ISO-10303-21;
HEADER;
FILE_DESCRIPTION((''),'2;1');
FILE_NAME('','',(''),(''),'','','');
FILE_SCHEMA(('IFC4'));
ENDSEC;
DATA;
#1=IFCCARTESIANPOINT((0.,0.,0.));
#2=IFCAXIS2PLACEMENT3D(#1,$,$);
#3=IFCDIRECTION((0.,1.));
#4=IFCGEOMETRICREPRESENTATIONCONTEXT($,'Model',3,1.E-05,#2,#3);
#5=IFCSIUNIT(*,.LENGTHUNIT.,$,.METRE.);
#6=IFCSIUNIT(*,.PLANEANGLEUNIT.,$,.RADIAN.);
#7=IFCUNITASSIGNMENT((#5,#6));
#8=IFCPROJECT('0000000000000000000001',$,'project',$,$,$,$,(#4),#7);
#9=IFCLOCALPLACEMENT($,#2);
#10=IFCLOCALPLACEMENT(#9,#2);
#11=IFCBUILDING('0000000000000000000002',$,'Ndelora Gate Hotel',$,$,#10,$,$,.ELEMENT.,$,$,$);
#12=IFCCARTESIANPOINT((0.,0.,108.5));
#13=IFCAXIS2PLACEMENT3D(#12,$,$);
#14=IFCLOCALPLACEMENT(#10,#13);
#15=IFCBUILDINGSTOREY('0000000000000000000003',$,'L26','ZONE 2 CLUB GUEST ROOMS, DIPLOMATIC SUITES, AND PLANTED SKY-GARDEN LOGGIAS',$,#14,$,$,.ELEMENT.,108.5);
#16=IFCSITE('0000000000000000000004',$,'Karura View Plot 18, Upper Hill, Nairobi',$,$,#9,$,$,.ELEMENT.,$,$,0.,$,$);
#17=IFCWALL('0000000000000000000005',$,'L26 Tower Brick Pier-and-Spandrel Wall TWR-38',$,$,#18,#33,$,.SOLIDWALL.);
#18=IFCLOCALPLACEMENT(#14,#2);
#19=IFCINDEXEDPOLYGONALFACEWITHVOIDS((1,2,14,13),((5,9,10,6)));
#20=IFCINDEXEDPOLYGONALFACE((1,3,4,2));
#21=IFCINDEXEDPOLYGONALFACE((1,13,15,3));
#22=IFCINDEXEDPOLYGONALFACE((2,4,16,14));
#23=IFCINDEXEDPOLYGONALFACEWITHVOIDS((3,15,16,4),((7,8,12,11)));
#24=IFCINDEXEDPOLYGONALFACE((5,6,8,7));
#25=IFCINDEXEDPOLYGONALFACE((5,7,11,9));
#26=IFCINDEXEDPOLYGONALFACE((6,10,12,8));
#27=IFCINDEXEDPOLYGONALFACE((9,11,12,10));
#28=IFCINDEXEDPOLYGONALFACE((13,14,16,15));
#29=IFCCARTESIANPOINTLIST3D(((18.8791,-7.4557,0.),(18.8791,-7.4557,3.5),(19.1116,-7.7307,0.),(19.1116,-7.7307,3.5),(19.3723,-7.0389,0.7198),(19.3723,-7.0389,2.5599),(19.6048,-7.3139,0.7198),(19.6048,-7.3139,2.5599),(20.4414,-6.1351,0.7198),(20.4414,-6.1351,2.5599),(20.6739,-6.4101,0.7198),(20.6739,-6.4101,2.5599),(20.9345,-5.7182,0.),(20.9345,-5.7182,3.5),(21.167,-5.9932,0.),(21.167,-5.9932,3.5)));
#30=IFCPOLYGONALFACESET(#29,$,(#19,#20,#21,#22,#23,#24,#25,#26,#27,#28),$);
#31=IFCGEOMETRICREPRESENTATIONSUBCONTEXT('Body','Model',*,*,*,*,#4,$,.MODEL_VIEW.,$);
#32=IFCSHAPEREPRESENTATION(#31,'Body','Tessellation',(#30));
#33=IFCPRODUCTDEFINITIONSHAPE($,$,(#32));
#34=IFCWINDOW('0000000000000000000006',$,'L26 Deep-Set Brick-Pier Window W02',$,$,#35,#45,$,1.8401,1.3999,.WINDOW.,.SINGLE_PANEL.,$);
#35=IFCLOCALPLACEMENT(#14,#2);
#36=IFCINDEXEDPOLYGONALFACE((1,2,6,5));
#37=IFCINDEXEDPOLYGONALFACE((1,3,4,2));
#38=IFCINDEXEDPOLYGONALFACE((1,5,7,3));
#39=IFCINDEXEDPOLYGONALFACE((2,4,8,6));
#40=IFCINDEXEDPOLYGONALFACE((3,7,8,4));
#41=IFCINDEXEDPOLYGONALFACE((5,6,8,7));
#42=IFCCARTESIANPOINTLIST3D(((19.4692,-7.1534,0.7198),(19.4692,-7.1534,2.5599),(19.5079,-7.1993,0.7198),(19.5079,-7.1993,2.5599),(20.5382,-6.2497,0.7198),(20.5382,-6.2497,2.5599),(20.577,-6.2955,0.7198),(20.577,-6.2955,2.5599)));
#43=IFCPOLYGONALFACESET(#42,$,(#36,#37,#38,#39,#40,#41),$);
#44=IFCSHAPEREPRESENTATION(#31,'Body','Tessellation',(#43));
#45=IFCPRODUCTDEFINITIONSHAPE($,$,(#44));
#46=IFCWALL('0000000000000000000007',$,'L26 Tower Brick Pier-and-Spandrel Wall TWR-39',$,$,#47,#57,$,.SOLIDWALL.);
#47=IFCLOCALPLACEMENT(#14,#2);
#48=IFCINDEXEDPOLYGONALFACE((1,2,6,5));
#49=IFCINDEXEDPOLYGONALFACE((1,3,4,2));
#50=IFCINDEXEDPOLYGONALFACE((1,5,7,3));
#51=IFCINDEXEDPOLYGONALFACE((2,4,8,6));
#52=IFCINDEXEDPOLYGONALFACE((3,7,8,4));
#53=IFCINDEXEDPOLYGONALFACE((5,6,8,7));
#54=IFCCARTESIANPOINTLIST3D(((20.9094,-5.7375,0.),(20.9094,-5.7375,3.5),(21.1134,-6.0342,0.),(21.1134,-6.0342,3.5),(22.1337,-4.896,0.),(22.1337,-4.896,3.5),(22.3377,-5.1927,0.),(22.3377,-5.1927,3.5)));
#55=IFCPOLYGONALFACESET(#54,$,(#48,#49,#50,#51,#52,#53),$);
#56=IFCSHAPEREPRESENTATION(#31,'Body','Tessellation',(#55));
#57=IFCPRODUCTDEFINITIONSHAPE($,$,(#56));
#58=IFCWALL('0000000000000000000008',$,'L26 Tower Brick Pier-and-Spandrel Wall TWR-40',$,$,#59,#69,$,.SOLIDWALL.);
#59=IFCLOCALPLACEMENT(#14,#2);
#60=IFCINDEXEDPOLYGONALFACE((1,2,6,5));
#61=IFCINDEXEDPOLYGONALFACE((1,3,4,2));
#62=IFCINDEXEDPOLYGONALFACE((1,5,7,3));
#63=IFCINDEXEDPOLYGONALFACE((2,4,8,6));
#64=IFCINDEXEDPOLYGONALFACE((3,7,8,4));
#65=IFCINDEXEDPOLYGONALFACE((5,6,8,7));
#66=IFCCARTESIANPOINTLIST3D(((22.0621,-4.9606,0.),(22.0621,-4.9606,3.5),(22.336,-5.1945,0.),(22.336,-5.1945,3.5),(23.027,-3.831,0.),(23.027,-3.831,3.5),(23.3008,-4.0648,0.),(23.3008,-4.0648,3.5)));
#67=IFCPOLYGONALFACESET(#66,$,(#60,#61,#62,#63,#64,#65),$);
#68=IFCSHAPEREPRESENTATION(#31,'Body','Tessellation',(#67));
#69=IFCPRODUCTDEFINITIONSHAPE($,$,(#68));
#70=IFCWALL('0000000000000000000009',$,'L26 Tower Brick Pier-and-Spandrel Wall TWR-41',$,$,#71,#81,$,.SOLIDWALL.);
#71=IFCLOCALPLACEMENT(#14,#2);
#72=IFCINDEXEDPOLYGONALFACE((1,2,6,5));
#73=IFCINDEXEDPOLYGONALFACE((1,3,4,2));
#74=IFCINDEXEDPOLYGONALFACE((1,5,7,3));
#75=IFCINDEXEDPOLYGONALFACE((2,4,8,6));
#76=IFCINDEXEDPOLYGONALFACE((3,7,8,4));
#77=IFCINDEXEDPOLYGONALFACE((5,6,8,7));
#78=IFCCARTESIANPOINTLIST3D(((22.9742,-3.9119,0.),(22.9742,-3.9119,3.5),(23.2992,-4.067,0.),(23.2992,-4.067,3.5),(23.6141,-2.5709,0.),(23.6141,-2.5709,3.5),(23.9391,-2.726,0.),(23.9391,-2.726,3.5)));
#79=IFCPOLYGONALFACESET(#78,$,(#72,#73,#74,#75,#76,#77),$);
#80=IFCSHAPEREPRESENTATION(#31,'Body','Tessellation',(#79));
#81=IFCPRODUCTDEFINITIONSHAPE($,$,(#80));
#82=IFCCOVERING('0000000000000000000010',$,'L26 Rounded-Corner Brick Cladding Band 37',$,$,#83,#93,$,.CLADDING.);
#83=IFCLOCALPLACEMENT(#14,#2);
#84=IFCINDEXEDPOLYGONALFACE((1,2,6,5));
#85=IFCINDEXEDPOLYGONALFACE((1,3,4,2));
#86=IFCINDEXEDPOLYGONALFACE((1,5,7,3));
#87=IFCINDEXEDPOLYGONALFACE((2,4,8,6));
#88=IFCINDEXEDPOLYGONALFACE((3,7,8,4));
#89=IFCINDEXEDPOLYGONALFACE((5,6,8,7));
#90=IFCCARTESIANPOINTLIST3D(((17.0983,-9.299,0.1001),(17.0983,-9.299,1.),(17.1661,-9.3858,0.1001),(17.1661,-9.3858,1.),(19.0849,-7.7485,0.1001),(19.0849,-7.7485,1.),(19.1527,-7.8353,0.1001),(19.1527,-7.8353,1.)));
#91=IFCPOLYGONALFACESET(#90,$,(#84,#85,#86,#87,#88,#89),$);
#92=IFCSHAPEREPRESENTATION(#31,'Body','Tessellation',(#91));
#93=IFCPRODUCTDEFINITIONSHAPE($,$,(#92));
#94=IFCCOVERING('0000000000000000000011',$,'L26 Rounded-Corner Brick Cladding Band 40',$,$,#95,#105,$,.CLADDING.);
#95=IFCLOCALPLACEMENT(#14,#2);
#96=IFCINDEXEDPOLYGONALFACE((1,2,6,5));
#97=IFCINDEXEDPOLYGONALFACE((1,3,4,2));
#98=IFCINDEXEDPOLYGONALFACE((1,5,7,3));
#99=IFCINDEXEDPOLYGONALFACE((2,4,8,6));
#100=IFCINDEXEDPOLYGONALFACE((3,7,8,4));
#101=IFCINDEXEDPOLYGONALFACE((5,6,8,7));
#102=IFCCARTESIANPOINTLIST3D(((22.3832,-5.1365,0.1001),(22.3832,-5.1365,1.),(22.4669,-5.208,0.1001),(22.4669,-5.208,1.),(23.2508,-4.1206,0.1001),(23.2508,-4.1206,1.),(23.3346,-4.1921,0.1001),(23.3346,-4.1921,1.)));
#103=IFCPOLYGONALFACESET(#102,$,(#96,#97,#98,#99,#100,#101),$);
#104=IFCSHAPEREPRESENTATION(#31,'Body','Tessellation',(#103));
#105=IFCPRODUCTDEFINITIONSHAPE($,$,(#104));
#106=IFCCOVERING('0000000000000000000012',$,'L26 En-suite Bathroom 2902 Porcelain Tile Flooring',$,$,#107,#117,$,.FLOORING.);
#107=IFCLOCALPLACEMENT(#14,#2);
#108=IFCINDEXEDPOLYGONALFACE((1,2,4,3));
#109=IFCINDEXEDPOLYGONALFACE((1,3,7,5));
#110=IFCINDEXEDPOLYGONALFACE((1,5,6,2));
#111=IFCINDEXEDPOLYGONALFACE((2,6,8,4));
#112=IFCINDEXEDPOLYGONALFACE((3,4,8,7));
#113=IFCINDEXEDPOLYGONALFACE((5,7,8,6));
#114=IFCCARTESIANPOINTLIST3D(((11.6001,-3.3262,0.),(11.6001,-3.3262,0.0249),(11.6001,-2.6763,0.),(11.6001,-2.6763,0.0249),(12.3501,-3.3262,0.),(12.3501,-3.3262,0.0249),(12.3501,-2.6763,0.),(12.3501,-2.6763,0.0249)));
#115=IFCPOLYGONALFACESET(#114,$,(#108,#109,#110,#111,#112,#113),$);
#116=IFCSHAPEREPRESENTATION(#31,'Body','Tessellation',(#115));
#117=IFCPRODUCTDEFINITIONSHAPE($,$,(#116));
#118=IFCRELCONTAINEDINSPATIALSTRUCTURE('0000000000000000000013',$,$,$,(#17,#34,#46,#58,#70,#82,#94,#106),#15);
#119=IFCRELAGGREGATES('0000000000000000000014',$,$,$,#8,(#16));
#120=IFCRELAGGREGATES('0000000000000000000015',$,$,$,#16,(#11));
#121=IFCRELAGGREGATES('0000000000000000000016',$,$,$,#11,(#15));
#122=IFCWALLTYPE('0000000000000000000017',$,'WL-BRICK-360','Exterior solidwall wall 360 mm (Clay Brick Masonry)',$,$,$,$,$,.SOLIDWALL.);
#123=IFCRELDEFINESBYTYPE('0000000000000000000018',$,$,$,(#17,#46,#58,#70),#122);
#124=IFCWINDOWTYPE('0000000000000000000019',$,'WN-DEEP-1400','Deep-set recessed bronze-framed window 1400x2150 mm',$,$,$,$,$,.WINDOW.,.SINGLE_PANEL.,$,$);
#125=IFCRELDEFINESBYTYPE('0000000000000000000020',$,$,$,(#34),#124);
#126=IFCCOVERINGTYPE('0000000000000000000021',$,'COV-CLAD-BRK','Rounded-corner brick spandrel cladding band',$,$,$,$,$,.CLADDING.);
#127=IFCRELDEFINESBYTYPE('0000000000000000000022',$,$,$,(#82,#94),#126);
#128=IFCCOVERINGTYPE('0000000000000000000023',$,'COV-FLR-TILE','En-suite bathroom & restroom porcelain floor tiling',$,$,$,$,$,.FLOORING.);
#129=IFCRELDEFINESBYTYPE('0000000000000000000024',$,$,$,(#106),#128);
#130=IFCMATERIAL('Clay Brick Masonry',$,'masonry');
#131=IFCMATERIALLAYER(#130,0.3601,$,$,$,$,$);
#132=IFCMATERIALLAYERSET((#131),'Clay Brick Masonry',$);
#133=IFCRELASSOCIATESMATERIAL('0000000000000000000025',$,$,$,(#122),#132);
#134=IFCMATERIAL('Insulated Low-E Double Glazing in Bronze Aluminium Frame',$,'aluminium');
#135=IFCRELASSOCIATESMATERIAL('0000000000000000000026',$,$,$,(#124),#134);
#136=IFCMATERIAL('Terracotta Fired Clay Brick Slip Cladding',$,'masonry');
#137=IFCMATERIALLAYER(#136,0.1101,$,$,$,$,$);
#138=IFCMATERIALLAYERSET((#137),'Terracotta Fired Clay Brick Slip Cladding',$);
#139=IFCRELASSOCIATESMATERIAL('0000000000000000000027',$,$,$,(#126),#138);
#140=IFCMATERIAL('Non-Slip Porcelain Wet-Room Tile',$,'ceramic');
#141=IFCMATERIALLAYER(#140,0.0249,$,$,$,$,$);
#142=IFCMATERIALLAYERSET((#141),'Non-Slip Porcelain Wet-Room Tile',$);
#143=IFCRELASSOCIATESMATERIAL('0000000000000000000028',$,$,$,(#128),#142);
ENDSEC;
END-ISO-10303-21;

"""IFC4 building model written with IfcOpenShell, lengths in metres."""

from ifc_helpers import new_model, si_unit, direction, frame, frame_2d, origin, origin_2d, place, context, subcontext, project, spatial, rectangle, extrude, material, layer, layer_set, type_object, element, fill, save


model = new_model("IFC4")

# Units and contexts
model_context = context("Model", 3, precision=1e-05, world=origin(), true_north=direction((0.0, 1.0)))
body_context = subcontext(model_context, "Body", "Model", "MODEL_VIEW")
ifc_project = project(units=[si_unit("LENGTHUNIT", "METRE"), si_unit("PLANEANGLEUNIT", "RADIAN")], contexts=[model_context])

# Site, building, storey
site_placement = place(None, origin())
site = spatial("IfcSite", under=ifc_project, at=site_placement, Name="Karura View Plot 18, Upper Hill, Nairobi", CompositionType="ELEMENT", RefElevation=0.0)
building_placement = place(site_placement, origin())
building = spatial("IfcBuilding", under=site, at=building_placement, Name="Ndelora Gate Hotel", CompositionType="ELEMENT")
storey_placement = place(building_placement, frame((0.0, 0.0, 108.5)))
storey = spatial("IfcBuildingStorey", under=building, at=storey_placement, Name="L26", Description="ZONE 2 CLUB GUEST ROOMS, DIPLOMATIC SUITES, AND PLANTED SKY-GARDEN LOGGIAS", CompositionType="ELEMENT", Elevation=108.5)

# Shared definitions
ifc_material_1 = material(Name="Clay Brick Masonry", Category="masonry")
ifc_layer_1 = layer(ifc_material_1, 0.3601)
ifc_layer_set_1 = layer_set([ifc_layer_1], Name="Clay Brick Masonry")
wall_type = type_object("IfcWallType", Name="WL-BRICK-360", Description="Exterior solidwall wall 360 mm (Clay Brick Masonry)", PredefinedType="SOLIDWALL", material=ifc_layer_set_1)
ifc_material_2 = material(Name="Insulated Low-E Double Glazing in Bronze Aluminium Frame", Category="aluminium")

# Wall, opening, window
wall_1_placement = place(storey_placement, frame((21.0508, -5.8557, 0.0), z_axis=(0.0, 0.0, 1.0), x_axis=(-0.763689, -0.645584, 0.0)))
wall_1 = element("IfcWall", 1, at=wall_1_placement, inside=storey, type_object=wall_type, Name="L26 Tower Brick Pier-and-Spandrel Wall TWR-38", PredefinedType="SOLIDWALL", context=body_context, shape_type="SweptSolid", body=[
    extrude(rectangle(XDim=2.6914, YDim=0.3601, at=frame_2d((1.3457, 0.0))), origin(), (0.0, 0.0, 1.0), 3.5),
])
opening_1_placement = place(wall_1_placement, frame((0.6458, 0.0, 0.72)))
opening_1 = element("IfcOpeningElement", 2, at=opening_1_placement, cuts=wall_1, PredefinedType="OPENING", context=body_context, shape_type="SweptSolid", body=[
    extrude(rectangle(XDim=1.3999, YDim=1.8401, at=frame_2d((0.7, 0.9199))), frame((0.0, 0.1899, 0.0), z_axis=(0.0, -1.0, 0.0), x_axis=(1.0, 0.0, 0.0)), (0.0, 0.0, 1.0), 0.3801),
])
window_type_1 = type_object("IfcWindowType", Name="WN-DEEP-1400", Description="Deep-set recessed bronze-framed window 1400x2150 mm", PartitioningType="SINGLE_PANEL", PredefinedType="WINDOW", material=ifc_material_2)
window_1_placement = place(opening_1_placement, origin())
window_1 = element("IfcWindow", 3, at=window_1_placement, inside=storey, type_object=window_type_1, Name="L26 Deep-Set Brick-Pier Window W02", OverallHeight=1.8401, OverallWidth=1.3999, PartitioningType="SINGLE_PANEL", PredefinedType="WINDOW", context=body_context, shape_type="SweptSolid", body=[
    extrude(rectangle(XDim=1.3999, YDim=1.8401, at=frame_2d((0.7, 0.9199))), frame((0.0, 0.03, 0.0), z_axis=(0.0, -1.0, 0.0), x_axis=(1.0, 0.0, 0.0)), (0.0, 0.0, 1.0), 0.0601),
])
fill(opening_1, window_1)

# Walls
for number, where, z_axis, x_axis, name in (
    (4, (22.2356, -5.0444, 0.0), (0.0, 0.0, 1.0), (-0.824104, -0.566438, 0.0), "L26 Tower Brick Pier-and-Spandrel Wall TWR-39"),
    (5, (23.1638, -3.948, 0.0), (0.0, 0.0, 1.0), (-0.649464, -0.760392, 0.0), "L26 Tower Brick Pier-and-Spandrel Wall TWR-40"),
):
    element("IfcWall", number, at=place(storey_placement, frame(where, z_axis=z_axis, x_axis=x_axis)), inside=storey, type_object=wall_type, Name=name, PredefinedType="SOLIDWALL", context=body_context, shape_type="SweptSolid", body=[
        extrude(rectangle(XDim=1.4856, YDim=0.3601, at=frame_2d((0.7427, 0.0))), origin(), (0.0, 0.0, 1.0), 3.5),
    ])
wall_2_placement = place(storey_placement, frame((23.7766, -2.6484, 0.0), z_axis=(0.0, 0.0, 1.0), x_axis=(-0.430641, -0.902523, 0.0)))
element("IfcWall", 6, at=wall_2_placement, inside=storey, type_object=wall_type, Name="L26 Tower Brick Pier-and-Spandrel Wall TWR-41", PredefinedType="SOLIDWALL", context=body_context, shape_type="SweptSolid", body=[
    extrude(rectangle(XDim=1.4858, YDim=0.3601, at=frame_2d((0.7429, 0.0))), origin(), (0.0, 0.0, 1.0), 3.5),
])

# Coverings
ifc_material_3 = material(Name="Terracotta Fired Clay Brick Slip Cladding", Category="masonry")
ifc_layer_2 = layer(ifc_material_3, 0.1101)
ifc_layer_set_2 = layer_set([ifc_layer_2], Name="Terracotta Fired Clay Brick Slip Cladding")
covering_type_1 = type_object("IfcCoveringType", Name="COV-CLAD-BRK", Description="Rounded-corner brick spandrel cladding band", PredefinedType="CLADDING", material=ifc_layer_set_2)
covering_1_placement = place(storey_placement, frame((18.1255, -8.5671, 0.1001), z_axis=(0.0, 0.0, 1.0), x_axis=(0.788333, 0.615249, 0.0)))
element("IfcCovering", 7, at=covering_1_placement, inside=storey, type_object=covering_type_1, Name="L26 Rounded-Corner Brick Cladding Band 37", PredefinedType="CLADDING", context=body_context, shape_type="SweptSolid", body=[
    extrude(rectangle(XDim=2.52, YDim=0.1101, at=origin_2d()), origin(), (0.0, 0.0, 1.0), 0.8999),
])
covering_2_placement = place(storey_placement, frame((22.8589, -4.6643, 0.1001), z_axis=(0.0, 0.0, 1.0), x_axis=(0.649448, 0.760406, 0.0)))
element("IfcCovering", 8, at=covering_2_placement, inside=storey, type_object=covering_type_1, Name="L26 Rounded-Corner Brick Cladding Band 40", PredefinedType="CLADDING", context=body_context, shape_type="SweptSolid", body=[
    extrude(rectangle(XDim=1.3359, YDim=0.1101, at=origin_2d()), origin(), (0.0, 0.0, 1.0), 0.8999),
])
ifc_material_4 = material(Name="Non-Slip Porcelain Wet-Room Tile", Category="ceramic")
ifc_layer_3 = layer(ifc_material_4, 0.0249)
ifc_layer_set_3 = layer_set([ifc_layer_3], Name="Non-Slip Porcelain Wet-Room Tile")
covering_type_2 = type_object("IfcCoveringType", Name="COV-FLR-TILE", Description="En-suite bathroom & restroom porcelain floor tiling", PredefinedType="FLOORING", material=ifc_layer_set_3)
covering_3_placement = place(storey_placement, frame((11.9751, -3.0012, 0.0), z_axis=(0.0, 0.0, 1.0), x_axis=(1.0, 0.0, 0.0)))
element("IfcCovering", 9, at=covering_3_placement, inside=storey, type_object=covering_type_2, Name="L26 En-suite Bathroom 2902 Porcelain Tile Flooring", PredefinedType="FLOORING", context=body_context, shape_type="SweptSolid", body=[
    extrude(rectangle(XDim=0.75, YDim=0.6499, at=origin_2d()), origin(), (0.0, 0.0, 1.0), 0.0249),
])

save(model, "model.ifc")
